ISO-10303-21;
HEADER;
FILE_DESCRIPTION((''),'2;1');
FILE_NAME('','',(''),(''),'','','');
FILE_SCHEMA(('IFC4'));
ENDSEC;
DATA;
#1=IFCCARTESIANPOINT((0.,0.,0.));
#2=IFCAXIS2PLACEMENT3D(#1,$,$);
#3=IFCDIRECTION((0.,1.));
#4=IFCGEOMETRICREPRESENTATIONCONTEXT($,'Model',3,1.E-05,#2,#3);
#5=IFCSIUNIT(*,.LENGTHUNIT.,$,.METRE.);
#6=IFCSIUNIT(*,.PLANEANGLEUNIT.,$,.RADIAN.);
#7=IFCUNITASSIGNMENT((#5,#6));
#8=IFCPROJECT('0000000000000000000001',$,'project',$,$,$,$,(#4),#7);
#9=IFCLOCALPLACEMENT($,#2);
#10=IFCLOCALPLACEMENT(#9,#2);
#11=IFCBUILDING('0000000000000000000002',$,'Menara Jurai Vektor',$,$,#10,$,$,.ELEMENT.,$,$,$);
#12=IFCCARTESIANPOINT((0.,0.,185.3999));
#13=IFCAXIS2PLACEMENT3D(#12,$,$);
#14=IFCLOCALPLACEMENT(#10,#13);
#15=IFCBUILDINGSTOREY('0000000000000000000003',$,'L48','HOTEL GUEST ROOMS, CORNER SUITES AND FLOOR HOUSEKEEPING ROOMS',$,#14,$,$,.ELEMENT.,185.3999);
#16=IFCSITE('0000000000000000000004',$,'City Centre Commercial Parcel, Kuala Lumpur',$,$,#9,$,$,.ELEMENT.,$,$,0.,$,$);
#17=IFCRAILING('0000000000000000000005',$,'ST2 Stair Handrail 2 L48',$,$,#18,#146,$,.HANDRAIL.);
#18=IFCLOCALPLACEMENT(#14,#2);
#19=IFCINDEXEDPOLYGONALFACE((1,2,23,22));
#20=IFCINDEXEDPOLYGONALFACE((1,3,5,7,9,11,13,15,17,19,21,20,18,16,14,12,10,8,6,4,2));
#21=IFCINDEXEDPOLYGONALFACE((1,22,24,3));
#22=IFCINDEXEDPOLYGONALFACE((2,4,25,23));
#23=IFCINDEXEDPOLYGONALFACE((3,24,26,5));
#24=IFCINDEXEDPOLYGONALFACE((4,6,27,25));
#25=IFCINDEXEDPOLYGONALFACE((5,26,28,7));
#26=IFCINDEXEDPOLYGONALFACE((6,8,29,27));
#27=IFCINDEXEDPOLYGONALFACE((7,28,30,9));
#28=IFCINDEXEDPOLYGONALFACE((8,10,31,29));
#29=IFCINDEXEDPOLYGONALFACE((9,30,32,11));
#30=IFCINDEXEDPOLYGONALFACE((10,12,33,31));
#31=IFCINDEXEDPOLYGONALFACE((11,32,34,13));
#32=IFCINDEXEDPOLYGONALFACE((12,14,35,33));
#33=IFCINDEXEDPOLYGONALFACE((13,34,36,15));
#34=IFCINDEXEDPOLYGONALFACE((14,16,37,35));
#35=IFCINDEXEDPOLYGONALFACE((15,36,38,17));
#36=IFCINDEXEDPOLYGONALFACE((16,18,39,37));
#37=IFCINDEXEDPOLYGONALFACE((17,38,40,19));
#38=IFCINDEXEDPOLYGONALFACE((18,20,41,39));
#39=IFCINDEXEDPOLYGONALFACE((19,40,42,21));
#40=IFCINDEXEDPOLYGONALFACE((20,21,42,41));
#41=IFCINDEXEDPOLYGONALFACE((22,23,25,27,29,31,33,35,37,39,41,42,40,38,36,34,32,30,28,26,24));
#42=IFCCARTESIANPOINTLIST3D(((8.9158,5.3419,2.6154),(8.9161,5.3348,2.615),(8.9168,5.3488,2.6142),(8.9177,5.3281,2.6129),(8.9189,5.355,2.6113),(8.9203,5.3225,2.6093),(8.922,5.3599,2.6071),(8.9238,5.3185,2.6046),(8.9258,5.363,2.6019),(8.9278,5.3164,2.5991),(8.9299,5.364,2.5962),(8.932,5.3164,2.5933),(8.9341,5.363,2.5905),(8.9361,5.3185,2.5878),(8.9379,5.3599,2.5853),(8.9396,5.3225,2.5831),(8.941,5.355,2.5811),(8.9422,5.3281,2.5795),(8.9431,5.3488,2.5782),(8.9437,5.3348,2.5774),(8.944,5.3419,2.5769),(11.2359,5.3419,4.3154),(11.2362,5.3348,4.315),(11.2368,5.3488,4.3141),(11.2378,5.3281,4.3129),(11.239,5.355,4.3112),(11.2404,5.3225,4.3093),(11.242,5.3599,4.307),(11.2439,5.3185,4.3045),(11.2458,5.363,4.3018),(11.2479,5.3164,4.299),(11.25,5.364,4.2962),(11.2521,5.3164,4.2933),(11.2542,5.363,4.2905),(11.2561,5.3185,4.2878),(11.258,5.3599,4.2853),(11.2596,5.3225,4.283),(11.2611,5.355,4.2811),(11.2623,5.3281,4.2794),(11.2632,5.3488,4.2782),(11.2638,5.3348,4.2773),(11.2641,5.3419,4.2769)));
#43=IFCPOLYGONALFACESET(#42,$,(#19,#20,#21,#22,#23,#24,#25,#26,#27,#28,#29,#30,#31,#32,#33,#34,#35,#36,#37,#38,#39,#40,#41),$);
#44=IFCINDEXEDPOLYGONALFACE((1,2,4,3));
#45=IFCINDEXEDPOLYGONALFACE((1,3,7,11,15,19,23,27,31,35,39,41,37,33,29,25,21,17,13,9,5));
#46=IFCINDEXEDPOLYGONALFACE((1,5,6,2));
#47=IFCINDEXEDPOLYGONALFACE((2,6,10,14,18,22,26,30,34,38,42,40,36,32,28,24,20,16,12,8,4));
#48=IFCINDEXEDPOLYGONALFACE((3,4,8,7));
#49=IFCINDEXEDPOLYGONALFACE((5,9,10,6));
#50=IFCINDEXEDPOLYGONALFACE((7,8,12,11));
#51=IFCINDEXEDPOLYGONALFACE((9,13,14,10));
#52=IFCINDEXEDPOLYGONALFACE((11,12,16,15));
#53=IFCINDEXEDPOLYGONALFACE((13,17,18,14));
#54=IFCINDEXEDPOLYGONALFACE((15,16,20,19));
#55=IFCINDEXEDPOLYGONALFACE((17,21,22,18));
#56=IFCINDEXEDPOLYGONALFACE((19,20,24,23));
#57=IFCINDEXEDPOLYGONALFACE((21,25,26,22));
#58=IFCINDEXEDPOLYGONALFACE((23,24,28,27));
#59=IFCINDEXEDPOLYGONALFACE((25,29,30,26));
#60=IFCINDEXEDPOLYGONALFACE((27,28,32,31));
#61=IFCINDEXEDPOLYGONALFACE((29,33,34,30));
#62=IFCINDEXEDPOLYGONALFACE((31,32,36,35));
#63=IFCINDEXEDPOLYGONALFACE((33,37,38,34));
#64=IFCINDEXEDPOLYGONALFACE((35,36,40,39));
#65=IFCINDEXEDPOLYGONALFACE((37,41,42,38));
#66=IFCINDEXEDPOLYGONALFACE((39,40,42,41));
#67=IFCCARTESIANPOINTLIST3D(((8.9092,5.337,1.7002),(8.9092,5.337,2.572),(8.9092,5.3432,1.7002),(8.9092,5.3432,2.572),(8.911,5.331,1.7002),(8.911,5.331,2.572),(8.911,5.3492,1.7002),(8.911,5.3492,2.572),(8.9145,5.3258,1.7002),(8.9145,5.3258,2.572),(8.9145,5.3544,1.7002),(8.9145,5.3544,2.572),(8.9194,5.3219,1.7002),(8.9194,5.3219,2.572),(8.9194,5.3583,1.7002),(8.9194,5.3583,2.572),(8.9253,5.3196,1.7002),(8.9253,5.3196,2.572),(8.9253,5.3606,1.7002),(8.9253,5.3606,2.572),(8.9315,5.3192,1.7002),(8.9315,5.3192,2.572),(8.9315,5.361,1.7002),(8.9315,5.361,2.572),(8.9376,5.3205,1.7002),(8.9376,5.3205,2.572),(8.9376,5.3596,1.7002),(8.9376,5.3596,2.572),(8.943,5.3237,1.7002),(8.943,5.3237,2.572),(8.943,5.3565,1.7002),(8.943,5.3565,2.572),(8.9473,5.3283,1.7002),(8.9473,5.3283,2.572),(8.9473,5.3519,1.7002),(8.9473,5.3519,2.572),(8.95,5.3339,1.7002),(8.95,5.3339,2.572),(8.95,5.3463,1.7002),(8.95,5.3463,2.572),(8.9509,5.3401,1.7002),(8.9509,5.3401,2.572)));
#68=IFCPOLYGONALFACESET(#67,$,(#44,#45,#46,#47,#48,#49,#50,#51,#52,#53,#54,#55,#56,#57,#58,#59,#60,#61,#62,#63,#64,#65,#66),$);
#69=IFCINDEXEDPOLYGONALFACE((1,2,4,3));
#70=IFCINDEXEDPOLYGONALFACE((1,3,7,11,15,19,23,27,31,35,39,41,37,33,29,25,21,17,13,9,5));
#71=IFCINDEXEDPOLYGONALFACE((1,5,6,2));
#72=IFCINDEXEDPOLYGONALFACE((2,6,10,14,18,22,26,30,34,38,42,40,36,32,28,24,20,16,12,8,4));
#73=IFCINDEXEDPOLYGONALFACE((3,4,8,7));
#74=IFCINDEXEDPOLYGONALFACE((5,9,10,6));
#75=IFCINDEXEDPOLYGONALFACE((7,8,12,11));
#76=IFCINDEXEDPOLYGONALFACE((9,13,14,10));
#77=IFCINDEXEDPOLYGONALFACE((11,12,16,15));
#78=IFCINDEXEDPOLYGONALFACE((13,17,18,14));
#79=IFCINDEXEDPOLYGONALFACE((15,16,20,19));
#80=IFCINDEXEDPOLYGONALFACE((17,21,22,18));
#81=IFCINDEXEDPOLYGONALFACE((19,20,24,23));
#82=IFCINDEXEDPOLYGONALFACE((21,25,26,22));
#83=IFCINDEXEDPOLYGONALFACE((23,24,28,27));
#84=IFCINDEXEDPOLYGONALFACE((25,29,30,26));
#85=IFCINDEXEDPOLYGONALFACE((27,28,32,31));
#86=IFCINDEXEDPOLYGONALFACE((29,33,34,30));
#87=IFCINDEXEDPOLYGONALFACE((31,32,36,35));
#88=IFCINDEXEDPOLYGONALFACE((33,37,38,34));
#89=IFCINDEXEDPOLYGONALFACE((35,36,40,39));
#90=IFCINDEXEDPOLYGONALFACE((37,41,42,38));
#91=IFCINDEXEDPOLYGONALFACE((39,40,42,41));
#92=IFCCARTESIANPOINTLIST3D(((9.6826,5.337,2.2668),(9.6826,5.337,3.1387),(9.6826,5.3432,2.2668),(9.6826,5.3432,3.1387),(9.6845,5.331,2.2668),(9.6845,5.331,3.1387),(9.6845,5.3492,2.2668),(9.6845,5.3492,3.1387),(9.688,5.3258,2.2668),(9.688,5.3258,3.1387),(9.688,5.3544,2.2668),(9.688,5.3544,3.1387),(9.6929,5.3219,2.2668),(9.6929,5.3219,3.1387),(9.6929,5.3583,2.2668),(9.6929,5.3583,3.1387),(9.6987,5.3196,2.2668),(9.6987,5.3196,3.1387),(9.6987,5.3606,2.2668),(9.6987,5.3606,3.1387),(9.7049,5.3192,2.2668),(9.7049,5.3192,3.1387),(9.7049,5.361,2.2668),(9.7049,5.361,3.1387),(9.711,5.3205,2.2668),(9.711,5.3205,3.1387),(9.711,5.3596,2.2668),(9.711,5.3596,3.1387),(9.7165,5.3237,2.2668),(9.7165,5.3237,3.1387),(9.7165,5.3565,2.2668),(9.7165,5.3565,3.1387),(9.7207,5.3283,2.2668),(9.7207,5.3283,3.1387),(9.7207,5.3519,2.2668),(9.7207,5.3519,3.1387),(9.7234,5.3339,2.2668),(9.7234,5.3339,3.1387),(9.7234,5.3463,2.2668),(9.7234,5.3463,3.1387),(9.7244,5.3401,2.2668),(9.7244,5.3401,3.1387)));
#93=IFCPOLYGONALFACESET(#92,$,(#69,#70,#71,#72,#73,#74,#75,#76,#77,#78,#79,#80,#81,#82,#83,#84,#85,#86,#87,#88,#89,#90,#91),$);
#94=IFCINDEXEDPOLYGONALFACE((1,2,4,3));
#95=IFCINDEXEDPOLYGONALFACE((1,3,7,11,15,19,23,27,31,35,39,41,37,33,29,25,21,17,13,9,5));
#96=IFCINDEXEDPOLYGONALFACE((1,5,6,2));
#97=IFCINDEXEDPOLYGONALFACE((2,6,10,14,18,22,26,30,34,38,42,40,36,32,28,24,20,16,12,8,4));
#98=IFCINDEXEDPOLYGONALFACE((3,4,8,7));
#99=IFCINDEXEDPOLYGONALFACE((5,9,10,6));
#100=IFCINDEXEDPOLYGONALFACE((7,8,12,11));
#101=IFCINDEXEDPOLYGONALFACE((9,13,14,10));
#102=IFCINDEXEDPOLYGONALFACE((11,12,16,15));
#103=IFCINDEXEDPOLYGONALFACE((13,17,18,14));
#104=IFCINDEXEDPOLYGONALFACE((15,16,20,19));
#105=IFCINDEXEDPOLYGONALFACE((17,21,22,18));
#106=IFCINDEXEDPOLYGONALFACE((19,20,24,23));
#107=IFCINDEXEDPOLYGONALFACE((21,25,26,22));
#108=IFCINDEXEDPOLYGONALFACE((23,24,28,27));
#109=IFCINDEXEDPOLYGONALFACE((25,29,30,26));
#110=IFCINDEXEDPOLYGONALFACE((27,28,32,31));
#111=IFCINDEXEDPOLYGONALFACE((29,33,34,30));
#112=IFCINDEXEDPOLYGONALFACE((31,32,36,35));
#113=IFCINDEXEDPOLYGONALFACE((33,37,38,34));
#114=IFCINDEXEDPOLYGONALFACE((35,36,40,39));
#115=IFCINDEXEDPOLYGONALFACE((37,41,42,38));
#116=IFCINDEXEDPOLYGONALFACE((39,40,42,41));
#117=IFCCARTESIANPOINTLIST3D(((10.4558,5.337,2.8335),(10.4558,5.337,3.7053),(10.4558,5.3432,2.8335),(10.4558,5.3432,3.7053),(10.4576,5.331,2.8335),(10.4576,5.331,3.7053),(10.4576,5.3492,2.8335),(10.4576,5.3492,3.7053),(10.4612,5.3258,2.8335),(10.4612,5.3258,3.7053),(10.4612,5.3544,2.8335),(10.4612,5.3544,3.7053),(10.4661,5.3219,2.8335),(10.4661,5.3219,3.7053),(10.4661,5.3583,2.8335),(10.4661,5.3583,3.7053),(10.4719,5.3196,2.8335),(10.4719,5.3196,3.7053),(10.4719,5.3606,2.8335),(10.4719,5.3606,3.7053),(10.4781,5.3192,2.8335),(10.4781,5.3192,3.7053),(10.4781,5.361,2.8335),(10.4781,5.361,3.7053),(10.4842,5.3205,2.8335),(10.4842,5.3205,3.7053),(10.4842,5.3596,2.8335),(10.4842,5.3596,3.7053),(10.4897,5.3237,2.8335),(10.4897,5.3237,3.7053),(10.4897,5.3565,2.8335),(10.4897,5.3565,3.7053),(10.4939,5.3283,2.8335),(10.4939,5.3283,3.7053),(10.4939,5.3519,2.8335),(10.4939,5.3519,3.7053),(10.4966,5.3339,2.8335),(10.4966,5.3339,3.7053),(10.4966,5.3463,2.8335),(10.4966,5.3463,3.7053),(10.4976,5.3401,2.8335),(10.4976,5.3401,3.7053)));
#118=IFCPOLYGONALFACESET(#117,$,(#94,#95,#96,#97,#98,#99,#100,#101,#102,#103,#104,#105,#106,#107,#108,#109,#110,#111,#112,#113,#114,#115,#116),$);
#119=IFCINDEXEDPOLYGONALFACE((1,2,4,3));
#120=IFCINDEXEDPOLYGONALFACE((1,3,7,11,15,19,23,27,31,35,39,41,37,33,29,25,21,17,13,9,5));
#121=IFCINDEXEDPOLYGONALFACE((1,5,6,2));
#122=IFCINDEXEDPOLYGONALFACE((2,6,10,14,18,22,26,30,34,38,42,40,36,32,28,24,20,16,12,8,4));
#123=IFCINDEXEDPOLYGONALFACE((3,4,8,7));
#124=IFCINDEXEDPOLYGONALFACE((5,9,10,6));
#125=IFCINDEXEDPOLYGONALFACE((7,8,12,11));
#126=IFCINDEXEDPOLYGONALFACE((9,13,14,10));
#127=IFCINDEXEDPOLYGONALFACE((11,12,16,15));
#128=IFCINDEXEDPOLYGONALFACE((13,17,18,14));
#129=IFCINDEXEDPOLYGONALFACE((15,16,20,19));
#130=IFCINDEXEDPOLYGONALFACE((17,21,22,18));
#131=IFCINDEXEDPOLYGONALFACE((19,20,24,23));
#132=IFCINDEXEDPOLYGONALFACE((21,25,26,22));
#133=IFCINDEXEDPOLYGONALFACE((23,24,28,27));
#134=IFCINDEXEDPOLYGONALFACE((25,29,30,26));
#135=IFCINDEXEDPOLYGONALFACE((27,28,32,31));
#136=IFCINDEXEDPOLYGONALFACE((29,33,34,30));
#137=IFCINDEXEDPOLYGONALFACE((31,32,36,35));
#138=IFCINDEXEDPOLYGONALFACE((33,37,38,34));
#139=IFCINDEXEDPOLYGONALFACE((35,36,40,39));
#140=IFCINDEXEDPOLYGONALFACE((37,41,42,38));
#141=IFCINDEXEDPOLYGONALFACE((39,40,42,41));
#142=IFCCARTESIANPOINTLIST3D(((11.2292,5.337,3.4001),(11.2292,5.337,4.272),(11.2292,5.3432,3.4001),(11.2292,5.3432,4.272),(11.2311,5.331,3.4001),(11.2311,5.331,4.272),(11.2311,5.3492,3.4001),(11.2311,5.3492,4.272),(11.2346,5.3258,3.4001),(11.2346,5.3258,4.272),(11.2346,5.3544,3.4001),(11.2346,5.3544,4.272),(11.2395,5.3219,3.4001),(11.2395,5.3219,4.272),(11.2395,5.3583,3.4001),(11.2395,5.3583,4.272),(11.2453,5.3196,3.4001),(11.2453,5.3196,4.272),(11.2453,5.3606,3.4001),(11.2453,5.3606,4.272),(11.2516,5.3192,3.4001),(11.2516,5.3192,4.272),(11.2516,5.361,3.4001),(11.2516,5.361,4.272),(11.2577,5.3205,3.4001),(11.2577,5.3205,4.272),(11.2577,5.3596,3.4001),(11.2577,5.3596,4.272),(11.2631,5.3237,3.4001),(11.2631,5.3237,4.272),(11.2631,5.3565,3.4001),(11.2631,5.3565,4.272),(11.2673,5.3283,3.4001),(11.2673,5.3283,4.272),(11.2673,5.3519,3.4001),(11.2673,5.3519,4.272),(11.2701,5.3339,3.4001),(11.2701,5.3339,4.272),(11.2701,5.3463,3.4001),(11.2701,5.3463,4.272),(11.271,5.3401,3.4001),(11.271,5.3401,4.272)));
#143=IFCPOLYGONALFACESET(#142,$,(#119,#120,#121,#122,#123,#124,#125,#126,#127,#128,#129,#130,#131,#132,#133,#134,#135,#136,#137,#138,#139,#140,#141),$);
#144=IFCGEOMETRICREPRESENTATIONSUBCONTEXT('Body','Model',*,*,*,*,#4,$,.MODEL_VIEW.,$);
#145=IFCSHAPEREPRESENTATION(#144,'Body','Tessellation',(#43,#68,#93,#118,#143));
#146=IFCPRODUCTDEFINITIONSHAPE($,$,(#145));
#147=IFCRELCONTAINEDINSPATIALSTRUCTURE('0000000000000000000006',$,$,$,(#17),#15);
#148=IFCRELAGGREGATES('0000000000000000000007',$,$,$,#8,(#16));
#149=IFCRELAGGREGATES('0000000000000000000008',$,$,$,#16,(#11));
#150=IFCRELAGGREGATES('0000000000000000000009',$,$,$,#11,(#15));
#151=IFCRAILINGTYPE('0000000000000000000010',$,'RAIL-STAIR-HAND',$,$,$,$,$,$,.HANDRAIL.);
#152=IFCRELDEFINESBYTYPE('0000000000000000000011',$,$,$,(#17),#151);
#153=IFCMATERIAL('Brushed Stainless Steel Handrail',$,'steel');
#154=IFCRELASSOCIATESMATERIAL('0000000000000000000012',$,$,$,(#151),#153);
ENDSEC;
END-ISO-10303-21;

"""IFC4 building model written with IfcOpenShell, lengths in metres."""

from ifc_helpers import new_model, si_unit, direction, frame, origin, origin_2d, place, context, subcontext, project, spatial, circle, extrude, material, type_object, element, save


model = new_model("IFC4")

# Units and contexts
model_context = context("Model", 3, precision=1e-05, world=origin(), true_north=direction((0.0, 1.0)))
body_context = subcontext(model_context, "Body", "Model", "MODEL_VIEW")
ifc_project = project(units=[si_unit("LENGTHUNIT", "METRE"), si_unit("PLANEANGLEUNIT", "RADIAN")], contexts=[model_context])

# Site, building, storey
site_placement = place(None, origin())
site = spatial("IfcSite", under=ifc_project, at=site_placement, Name="City Centre Commercial Parcel, Kuala Lumpur", CompositionType="ELEMENT", RefElevation=0.0)
building_placement = place(site_placement, origin())
building = spatial("IfcBuilding", under=site, at=building_placement, Name="Menara Jurai Vektor", CompositionType="ELEMENT")
storey_placement = place(building_placement, frame((0.0, 0.0, 185.3999)))
storey = spatial("IfcBuildingStorey", under=building, at=storey_placement, Name="L48", Description="HOTEL GUEST ROOMS, CORNER SUITES AND FLOOR HOUSEKEEPING ROOMS", CompositionType="ELEMENT", Elevation=185.3999)

# Railing
ifc_material_1 = material(Name="Brushed Stainless Steel Handrail", Category="steel")
railing_type_1 = type_object("IfcRailingType", Name="RAIL-STAIR-HAND", PredefinedType="HANDRAIL", material=ifc_material_1)
railing_1_placement = place(storey_placement, frame((8.9299, 5.3401, 1.7002)))
element("IfcRailing", 1, at=railing_1_placement, inside=storey, type_object=railing_type_1, Name="ST2 Stair Handrail 2 L48", PredefinedType="HANDRAIL", context=body_context, shape_type="SweptSolid", body=[
    extrude(circle(Radius=0.0239, at=origin_2d()), frame((0.0, 0.0, 0.896), z_axis=(0.806642, 0.0, 0.59104), x_axis=(0.0, 1.0, 0.0)), (0.0, 0.0, 1.0), 2.8762),
    extrude(circle(Radius=0.021, at=origin_2d()), origin(), (0.0, 0.0, 1.0), 0.8718),
    extrude(circle(Radius=0.021, at=origin_2d()), frame((0.7734, 0.0, 0.5667)), (0.0, 0.0, 1.0), 0.8718),
    extrude(circle(Radius=0.021, at=origin_2d()), frame((1.5466, 0.0, 1.1333)), (0.0, 0.0, 1.0), 0.8718),
    extrude(circle(Radius=0.021, at=origin_2d()), frame((2.3201, 0.0, 1.7)), (0.0, 0.0, 1.0), 0.8718),
])

save(model, "model.ifc")
